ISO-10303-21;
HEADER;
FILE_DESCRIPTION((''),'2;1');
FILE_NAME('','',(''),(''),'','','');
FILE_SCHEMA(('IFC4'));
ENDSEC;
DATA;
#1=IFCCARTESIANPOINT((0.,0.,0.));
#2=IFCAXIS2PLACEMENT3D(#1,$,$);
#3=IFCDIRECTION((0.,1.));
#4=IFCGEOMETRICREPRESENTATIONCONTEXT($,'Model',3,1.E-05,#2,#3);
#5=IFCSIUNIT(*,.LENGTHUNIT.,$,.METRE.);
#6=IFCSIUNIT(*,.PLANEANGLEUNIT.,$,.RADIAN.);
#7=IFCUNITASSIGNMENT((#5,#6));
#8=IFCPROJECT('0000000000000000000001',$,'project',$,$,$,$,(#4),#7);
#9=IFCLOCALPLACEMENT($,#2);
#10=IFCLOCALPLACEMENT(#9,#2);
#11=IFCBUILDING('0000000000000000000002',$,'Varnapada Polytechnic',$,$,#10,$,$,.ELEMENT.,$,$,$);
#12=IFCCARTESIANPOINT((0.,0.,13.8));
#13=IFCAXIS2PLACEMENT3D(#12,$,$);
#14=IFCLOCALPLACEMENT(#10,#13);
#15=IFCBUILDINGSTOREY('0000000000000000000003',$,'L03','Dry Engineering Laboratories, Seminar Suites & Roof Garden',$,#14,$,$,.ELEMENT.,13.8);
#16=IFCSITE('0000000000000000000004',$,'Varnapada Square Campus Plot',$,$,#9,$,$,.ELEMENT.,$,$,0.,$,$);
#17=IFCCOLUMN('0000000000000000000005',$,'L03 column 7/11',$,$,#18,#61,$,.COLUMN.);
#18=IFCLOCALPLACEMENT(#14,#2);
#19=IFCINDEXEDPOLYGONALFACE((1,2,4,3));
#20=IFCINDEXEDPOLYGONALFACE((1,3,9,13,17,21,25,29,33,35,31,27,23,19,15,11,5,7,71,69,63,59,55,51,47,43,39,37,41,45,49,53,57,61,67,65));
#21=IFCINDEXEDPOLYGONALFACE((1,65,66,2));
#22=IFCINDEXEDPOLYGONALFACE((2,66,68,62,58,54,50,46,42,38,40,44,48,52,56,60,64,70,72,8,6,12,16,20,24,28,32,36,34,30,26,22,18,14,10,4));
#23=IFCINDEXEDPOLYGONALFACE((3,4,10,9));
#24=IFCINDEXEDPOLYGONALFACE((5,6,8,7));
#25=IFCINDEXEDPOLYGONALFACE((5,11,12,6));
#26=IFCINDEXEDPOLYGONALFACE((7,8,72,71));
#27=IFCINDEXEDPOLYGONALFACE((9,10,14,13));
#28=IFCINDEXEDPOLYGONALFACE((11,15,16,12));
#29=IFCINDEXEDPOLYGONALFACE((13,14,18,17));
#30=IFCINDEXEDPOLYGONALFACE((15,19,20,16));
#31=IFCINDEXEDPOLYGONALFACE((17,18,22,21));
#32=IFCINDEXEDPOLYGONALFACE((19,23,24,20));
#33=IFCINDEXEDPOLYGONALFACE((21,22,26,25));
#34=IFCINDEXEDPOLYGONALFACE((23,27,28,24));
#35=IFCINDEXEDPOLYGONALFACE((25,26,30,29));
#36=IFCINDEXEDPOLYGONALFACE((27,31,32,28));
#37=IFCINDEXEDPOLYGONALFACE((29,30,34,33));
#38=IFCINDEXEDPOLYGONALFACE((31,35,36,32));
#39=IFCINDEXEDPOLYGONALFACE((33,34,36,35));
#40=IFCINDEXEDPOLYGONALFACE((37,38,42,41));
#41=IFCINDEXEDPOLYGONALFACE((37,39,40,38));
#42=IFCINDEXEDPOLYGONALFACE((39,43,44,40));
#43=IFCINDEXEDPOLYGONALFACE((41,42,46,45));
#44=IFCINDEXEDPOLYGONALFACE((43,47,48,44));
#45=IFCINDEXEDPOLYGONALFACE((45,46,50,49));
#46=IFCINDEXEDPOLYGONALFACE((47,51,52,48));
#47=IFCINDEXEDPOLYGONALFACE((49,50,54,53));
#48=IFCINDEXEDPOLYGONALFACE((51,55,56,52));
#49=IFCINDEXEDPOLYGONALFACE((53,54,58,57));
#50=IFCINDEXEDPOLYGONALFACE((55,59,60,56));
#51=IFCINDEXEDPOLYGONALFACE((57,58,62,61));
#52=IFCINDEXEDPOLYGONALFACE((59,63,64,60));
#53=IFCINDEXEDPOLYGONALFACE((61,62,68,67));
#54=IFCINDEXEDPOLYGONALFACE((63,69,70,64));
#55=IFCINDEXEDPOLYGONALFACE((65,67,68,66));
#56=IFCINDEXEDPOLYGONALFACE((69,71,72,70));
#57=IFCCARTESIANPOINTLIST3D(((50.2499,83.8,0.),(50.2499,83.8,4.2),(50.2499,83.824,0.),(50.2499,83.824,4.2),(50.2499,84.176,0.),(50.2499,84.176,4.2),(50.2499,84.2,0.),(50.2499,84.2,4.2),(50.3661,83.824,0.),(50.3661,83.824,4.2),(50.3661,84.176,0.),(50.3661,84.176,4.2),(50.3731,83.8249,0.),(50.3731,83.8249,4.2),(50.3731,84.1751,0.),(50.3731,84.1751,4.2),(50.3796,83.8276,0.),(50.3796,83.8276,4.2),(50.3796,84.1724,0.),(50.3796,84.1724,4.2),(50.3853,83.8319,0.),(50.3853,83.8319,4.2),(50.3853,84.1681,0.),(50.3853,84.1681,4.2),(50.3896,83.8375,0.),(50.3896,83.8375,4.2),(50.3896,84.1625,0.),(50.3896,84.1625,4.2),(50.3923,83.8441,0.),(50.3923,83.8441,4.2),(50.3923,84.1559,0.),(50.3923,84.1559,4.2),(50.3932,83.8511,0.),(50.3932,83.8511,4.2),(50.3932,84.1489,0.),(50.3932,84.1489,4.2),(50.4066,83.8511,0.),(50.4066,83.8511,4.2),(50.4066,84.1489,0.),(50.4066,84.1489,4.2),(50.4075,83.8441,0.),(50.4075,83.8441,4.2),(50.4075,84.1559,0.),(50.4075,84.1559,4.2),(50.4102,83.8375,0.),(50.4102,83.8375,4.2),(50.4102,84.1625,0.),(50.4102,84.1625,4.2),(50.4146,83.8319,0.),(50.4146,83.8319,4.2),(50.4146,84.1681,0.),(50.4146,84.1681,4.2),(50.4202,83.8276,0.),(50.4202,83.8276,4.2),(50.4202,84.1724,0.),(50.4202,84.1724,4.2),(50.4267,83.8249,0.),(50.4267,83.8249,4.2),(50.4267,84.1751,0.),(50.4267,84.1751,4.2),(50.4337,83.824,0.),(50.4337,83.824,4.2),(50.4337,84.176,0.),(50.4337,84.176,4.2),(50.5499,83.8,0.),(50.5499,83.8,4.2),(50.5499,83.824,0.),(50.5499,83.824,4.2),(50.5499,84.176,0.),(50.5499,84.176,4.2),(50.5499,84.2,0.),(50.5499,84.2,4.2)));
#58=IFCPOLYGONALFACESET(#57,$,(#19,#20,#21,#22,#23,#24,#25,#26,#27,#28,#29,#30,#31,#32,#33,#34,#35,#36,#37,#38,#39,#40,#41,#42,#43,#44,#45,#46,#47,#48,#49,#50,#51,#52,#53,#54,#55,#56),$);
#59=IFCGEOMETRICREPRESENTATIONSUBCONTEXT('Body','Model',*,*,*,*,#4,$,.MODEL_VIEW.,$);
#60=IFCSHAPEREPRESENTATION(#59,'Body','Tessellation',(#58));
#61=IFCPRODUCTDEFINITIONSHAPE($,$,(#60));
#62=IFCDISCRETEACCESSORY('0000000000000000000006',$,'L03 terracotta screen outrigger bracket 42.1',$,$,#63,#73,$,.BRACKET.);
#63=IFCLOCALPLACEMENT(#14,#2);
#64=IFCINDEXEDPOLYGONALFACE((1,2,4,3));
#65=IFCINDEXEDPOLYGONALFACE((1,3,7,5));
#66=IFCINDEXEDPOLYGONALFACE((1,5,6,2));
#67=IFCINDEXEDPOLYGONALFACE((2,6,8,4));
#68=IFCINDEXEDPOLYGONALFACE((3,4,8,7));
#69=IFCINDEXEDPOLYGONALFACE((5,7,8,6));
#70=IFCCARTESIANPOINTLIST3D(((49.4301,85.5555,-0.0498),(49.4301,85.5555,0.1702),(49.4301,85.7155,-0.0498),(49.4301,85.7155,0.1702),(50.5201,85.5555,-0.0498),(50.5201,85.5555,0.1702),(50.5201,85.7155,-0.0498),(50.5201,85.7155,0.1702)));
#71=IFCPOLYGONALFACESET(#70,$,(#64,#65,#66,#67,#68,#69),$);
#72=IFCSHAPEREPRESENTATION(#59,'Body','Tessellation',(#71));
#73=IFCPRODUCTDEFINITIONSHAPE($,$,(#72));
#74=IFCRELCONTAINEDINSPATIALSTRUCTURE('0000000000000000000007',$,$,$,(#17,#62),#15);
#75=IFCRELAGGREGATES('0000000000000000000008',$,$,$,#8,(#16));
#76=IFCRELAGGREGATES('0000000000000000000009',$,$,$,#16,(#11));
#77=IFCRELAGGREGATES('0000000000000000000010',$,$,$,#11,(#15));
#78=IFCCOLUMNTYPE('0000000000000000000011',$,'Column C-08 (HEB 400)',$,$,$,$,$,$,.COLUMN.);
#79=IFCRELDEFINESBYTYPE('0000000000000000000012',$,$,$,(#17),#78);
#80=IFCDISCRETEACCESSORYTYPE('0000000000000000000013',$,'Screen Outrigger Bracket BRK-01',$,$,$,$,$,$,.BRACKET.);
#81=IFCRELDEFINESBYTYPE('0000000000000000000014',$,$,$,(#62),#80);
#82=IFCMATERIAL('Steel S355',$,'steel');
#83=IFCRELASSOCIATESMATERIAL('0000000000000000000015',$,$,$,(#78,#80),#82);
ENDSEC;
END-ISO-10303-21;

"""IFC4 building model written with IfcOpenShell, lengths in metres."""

from ifc_helpers import new_model, si_unit, direction, frame, origin, origin_2d, place, context, subcontext, project, spatial, rectangle, i_section, extrude, material, material_profile, profile_set, type_object, element, save


model = new_model("IFC4")

# Units and contexts
model_context = context("Model", 3, precision=1e-05, world=origin(), true_north=direction((0.0, 1.0)))
body_context = subcontext(model_context, "Body", "Model", "MODEL_VIEW")
ifc_project = project(units=[si_unit("LENGTHUNIT", "METRE"), si_unit("PLANEANGLEUNIT", "RADIAN")], contexts=[model_context])

# Site, building, storey
site_placement = place(None, origin())
site = spatial("IfcSite", under=ifc_project, at=site_placement, Name="Varnapada Square Campus Plot", CompositionType="ELEMENT", RefElevation=0.0)
building_placement = place(site_placement, origin())
building = spatial("IfcBuilding", under=site, at=building_placement, Name="Varnapada Polytechnic", CompositionType="ELEMENT")
storey_placement = place(building_placement, frame((0.0, 0.0, 13.8)))
storey = spatial("IfcBuildingStorey", under=building, at=storey_placement, Name="L03", Description="Dry Engineering Laboratories, Seminar Suites & Roof Garden", CompositionType="ELEMENT", Elevation=13.8)

# Column
ifc_material = material(Name="Steel S355", Category="steel")
ifc_material_profile = material_profile(ifc_material, i_section(OverallWidth=0.3, OverallDepth=0.3999, WebThickness=0.0134, FlangeThickness=0.0239, FilletRadius=0.0271, at=origin_2d()), Name="HEB 400")
ifc_profile_set = profile_set([ifc_material_profile], Name="Steel S355")
column_type = type_object("IfcColumnType", Name="Column C-08 (HEB 400)", PredefinedType="COLUMN", material=ifc_profile_set)
column_placement = place(storey_placement, frame((50.3999, 84.0, 0.0), z_axis=(0.0, 0.0, 1.0), x_axis=(1.0, 0.0, 0.0)))
element("IfcColumn", 1, at=column_placement, inside=storey, type_object=column_type, Name="L03 column 7/11", PredefinedType="COLUMN", context=body_context, shape_type="SweptSolid", body=[
    extrude(i_section(OverallWidth=0.3, OverallDepth=0.3999, WebThickness=0.0134, FlangeThickness=0.0239, FilletRadius=0.0271, at=origin_2d()), origin(), (0.0, 0.0, 1.0), 4.2),
])

# Discrete accessory
discrete_accessory_type = type_object("IfcDiscreteAccessoryType", Name="Screen Outrigger Bracket BRK-01", PredefinedType="BRACKET", material=ifc_material)
discrete_accessory_placement = place(storey_placement, frame((49.9751, 85.6355, -0.0498), z_axis=(0.0, 0.0, 1.0), x_axis=(0.0, 1.0, 0.0)))
element("IfcDiscreteAccessory", 2, at=discrete_accessory_placement, inside=storey, type_object=discrete_accessory_type, Name="L03 terracotta screen outrigger bracket 42.1", PredefinedType="BRACKET", context=body_context, shape_type="SweptSolid", body=[
    extrude(rectangle(XDim=0.1599, YDim=1.0901, at=origin_2d()), origin(), (0.0, 0.0, 1.0), 0.22),
])

save(model, "model.ifc")
